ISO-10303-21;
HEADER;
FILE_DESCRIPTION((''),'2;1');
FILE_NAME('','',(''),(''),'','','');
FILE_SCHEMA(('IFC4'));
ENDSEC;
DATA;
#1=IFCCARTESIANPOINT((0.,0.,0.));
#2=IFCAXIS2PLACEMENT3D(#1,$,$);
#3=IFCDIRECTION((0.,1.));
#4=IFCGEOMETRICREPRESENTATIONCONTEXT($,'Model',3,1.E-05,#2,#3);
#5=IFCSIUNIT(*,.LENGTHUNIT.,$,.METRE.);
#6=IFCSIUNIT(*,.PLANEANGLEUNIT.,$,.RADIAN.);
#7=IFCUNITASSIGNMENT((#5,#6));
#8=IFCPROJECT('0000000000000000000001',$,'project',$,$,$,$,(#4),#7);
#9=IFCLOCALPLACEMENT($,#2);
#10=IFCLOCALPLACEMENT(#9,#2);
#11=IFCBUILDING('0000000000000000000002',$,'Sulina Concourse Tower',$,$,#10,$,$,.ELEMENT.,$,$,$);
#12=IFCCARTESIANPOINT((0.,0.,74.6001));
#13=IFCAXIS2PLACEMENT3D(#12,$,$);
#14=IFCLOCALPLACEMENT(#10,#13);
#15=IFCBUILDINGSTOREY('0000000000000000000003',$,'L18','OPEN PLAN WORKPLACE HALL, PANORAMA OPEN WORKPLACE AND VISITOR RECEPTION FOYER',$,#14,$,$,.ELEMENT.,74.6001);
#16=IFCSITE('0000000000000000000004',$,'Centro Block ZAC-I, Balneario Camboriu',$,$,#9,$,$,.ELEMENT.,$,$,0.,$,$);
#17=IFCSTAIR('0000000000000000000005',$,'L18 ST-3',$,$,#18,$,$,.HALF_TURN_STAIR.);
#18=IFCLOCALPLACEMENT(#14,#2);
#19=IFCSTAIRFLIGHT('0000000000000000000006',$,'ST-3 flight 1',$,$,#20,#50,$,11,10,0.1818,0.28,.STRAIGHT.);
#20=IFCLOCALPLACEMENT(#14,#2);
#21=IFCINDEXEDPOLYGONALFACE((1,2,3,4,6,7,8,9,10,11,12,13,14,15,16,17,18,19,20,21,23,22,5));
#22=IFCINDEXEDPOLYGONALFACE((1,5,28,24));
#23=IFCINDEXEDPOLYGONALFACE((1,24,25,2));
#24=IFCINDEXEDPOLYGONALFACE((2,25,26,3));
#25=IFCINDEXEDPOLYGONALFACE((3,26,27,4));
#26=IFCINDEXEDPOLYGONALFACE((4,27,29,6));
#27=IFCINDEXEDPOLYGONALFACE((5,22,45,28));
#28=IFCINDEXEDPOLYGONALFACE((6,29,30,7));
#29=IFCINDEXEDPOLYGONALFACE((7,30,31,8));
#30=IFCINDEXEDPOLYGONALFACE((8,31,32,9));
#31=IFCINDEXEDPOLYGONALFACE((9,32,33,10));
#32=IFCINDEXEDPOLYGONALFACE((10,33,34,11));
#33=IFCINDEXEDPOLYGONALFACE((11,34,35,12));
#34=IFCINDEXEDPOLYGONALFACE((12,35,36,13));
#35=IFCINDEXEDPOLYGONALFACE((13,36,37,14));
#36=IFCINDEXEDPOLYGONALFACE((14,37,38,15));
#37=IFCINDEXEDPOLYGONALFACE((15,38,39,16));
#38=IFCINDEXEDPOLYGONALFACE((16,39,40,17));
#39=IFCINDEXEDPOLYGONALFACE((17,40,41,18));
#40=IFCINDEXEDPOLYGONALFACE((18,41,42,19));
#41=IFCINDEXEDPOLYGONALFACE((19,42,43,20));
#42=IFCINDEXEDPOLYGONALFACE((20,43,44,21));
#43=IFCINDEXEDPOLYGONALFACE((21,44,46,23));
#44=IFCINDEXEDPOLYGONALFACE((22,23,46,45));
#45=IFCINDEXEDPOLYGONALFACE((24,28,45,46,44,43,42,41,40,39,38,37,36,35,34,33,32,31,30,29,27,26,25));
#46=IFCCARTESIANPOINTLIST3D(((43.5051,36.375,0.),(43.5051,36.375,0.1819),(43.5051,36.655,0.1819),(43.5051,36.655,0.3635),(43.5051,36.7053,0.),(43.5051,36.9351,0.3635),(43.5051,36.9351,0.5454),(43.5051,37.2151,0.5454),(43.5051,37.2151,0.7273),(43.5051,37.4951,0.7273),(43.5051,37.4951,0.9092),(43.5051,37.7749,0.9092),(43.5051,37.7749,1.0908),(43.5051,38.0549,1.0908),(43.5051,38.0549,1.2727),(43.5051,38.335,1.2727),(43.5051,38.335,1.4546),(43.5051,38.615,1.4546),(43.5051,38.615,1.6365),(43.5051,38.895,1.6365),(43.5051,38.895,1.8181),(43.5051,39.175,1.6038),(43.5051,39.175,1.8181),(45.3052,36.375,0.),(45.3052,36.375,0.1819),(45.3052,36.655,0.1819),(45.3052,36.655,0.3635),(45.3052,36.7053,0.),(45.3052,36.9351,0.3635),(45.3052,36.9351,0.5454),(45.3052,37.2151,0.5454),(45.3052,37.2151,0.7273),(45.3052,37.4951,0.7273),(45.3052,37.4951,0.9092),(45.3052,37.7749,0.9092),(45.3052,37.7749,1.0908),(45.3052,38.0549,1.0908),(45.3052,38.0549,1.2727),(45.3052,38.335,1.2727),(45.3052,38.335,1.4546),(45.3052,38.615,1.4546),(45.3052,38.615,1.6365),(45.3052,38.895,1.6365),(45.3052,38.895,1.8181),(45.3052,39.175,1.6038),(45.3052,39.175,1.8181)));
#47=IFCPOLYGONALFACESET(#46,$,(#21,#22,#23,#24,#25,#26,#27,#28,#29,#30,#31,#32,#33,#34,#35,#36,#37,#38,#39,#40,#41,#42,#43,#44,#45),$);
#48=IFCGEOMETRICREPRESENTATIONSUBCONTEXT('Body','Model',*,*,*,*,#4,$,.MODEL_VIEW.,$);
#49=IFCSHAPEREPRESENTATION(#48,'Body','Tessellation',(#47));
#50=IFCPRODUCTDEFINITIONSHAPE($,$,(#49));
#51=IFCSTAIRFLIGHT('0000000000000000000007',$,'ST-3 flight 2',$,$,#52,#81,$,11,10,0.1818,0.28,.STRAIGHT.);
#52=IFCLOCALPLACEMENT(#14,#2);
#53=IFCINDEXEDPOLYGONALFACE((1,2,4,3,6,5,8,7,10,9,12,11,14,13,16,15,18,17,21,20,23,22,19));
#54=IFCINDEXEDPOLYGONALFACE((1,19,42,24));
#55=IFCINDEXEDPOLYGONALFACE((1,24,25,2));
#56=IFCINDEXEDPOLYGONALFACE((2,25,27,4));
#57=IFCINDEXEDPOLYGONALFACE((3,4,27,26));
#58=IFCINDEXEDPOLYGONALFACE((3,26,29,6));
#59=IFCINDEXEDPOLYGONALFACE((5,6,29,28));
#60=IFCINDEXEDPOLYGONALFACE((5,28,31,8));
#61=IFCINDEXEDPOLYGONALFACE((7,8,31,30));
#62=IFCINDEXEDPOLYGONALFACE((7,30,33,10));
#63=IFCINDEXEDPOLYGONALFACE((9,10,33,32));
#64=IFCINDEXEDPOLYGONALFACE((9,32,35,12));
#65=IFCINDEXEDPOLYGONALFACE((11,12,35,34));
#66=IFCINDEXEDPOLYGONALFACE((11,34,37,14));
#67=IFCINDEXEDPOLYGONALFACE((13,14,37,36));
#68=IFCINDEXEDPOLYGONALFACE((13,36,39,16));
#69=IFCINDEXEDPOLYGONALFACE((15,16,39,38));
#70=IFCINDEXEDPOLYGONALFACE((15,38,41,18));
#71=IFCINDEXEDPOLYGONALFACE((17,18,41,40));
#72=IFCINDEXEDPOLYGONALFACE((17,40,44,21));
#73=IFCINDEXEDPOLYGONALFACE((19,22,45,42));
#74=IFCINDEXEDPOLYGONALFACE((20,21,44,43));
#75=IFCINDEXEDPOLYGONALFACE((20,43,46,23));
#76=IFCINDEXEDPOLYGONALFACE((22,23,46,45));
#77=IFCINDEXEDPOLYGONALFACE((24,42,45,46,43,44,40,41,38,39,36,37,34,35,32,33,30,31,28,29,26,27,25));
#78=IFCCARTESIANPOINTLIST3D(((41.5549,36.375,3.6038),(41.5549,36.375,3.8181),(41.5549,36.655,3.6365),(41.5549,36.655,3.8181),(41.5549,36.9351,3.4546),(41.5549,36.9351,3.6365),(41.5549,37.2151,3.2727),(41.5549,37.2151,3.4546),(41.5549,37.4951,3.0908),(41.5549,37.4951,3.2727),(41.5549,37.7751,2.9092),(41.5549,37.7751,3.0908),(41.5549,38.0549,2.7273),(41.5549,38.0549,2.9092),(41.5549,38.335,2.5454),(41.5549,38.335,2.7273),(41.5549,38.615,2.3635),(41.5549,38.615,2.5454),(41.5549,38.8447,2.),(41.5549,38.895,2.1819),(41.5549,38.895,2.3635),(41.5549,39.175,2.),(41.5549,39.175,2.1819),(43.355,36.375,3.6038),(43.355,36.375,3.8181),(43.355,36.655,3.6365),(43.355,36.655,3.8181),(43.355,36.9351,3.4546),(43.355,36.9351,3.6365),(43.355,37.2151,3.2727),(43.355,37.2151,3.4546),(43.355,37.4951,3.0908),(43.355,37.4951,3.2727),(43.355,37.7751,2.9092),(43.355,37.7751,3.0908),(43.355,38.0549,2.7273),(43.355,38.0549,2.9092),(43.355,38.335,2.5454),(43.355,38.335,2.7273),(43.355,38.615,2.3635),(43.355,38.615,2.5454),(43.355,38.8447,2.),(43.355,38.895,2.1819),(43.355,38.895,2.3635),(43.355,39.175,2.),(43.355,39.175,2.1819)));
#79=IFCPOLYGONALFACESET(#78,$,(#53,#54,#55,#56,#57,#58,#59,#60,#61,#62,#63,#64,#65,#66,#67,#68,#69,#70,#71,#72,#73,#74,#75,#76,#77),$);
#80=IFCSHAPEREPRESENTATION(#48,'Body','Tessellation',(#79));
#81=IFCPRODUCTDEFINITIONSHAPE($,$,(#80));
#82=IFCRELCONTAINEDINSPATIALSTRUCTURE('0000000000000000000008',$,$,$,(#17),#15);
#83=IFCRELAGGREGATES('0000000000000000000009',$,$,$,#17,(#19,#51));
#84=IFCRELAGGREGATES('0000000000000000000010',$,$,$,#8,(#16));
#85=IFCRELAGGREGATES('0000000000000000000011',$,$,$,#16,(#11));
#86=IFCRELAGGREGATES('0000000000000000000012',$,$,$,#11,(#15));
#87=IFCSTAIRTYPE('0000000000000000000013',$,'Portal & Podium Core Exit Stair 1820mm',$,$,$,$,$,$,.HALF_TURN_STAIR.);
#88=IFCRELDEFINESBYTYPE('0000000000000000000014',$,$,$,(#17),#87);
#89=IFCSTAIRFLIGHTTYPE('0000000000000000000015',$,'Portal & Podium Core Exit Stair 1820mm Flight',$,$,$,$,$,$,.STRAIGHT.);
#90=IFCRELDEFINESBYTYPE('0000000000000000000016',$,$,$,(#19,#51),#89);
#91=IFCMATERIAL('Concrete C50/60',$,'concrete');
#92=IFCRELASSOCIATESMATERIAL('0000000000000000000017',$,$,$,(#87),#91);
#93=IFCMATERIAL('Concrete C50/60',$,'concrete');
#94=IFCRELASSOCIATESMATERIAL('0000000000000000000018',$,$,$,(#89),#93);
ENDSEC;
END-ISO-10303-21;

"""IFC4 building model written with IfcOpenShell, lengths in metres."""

from ifc_helpers import new_model, si_unit, direction, frame, origin, place, context, subcontext, project, spatial, polyline, outline, extrude, material, type_object, element, aggregate, save


model = new_model("IFC4")

# Units and contexts
model_context = context("Model", 3, precision=1e-05, world=origin(), true_north=direction((0.0, 1.0)))
body_context = subcontext(model_context, "Body", "Model", "MODEL_VIEW")
ifc_project = project(units=[si_unit("LENGTHUNIT", "METRE"), si_unit("PLANEANGLEUNIT", "RADIAN")], contexts=[model_context])

# Site, building, storey
site_placement = place(None, origin())
site = spatial("IfcSite", under=ifc_project, at=site_placement, Name="Centro Block ZAC-I, Balneario Camboriu", CompositionType="ELEMENT", RefElevation=0.0)
building_placement = place(site_placement, origin())
building = spatial("IfcBuilding", under=site, at=building_placement, Name="Sulina Concourse Tower", CompositionType="ELEMENT")
storey_placement = place(building_placement, frame((0.0, 0.0, 74.6001)))
storey = spatial("IfcBuildingStorey", under=building, at=storey_placement, Name="L18", Description="OPEN PLAN WORKPLACE HALL, PANORAMA OPEN WORKPLACE AND VISITOR RECEPTION FOYER", CompositionType="ELEMENT", Elevation=74.6001)

# Stair, stair flights
ifc_material_1 = material(Name="Concrete C50/60", Category="concrete")
stair_type = type_object("IfcStairType", Name="Portal & Podium Core Exit Stair 1820mm", PredefinedType="HALF_TURN_STAIR", material=ifc_material_1)
stair_placement = place(storey_placement, origin())
stair = element("IfcStair", 1, at=stair_placement, inside=storey, type_object=stair_type, Name="L18 ST-3", PredefinedType="HALF_TURN_STAIR")
ifc_material_2 = material(Name="Concrete C50/60", Category="concrete")
stair_flight_type = type_object("IfcStairFlightType", Name="Portal & Podium Core Exit Stair 1820mm Flight", PredefinedType="STRAIGHT", material=ifc_material_2)
stair_flight_1_placement = place(storey_placement, frame((44.405, 36.375, 0.0), z_axis=(0.0, 0.0, 1.0), x_axis=(0.0, 1.0, 0.0)))
stair_flight_1 = element("IfcStairFlight", 2, at=stair_flight_1_placement, type_object=stair_flight_type, Name="ST-3 flight 1", NumberOfRisers=11, NumberOfTreads=10, PredefinedType="STRAIGHT", RiserHeight=0.1818, TreadLength=0.28, context=body_context, shape_type="SweptSolid", body=[
    extrude(outline(polyline([(0.0, 0.0), (0.0, 0.1819), (0.28, 0.1819), (0.28, 0.3635), (0.5601, 0.3635), (0.5601, 0.5454), (0.8401, 0.5454), (0.8401, 0.7273), (1.1201, 0.7273), (1.1201, 0.9092), (1.3999, 0.9092), (1.3999, 1.0908), (1.6799, 1.0908), (1.6799, 1.2727), (1.96, 1.2727), (1.96, 1.4546), (2.24, 1.4546), (2.24, 1.6365), (2.52, 1.6365), (2.52, 1.8181), (2.8, 1.8181), (2.8, 2.0), (2.8, 1.6038), (0.3303, 0.0), (0.0, 0.0)])), frame((0.0, 0.8999, 0.0), z_axis=(0.0, -1.0, 0.0), x_axis=(1.0, 0.0, 0.0)), (0.0, 0.0, 1.0), 1.8),
])
stair_flight_2_placement = place(storey_placement, frame((42.4551, 39.175, 2.0), z_axis=(0.0, 0.0, 1.0), x_axis=(0.0, -1.0, 0.0)))
stair_flight_2 = element("IfcStairFlight", 3, at=stair_flight_2_placement, type_object=stair_flight_type, Name="ST-3 flight 2", NumberOfRisers=11, NumberOfTreads=10, PredefinedType="STRAIGHT", RiserHeight=0.1818, TreadLength=0.28, context=body_context, shape_type="SweptSolid", body=[
    extrude(outline(polyline([(0.0, 0.0), (0.0, 0.1819), (0.28, 0.1819), (0.28, 0.3635), (0.5601, 0.3635), (0.5601, 0.5454), (0.8401, 0.5454), (0.8401, 0.7273), (1.1201, 0.7273), (1.1201, 0.9092), (1.3999, 0.9092), (1.3999, 1.0908), (1.6799, 1.0908), (1.6799, 1.2727), (1.96, 1.2727), (1.96, 1.4546), (2.24, 1.4546), (2.24, 1.6365), (2.52, 1.6365), (2.52, 1.8181), (2.8, 1.8181), (2.8, 2.0), (2.8, 1.6038), (0.3303, 0.0), (0.0, 0.0)])), frame((0.0, 0.8999, 0.0), z_axis=(0.0, -1.0, 0.0), x_axis=(1.0, 0.0, 0.0)), (0.0, 0.0, 1.0), 1.8),
])
aggregate(stair, [stair_flight_1, stair_flight_2])

save(model, "model.ifc")
